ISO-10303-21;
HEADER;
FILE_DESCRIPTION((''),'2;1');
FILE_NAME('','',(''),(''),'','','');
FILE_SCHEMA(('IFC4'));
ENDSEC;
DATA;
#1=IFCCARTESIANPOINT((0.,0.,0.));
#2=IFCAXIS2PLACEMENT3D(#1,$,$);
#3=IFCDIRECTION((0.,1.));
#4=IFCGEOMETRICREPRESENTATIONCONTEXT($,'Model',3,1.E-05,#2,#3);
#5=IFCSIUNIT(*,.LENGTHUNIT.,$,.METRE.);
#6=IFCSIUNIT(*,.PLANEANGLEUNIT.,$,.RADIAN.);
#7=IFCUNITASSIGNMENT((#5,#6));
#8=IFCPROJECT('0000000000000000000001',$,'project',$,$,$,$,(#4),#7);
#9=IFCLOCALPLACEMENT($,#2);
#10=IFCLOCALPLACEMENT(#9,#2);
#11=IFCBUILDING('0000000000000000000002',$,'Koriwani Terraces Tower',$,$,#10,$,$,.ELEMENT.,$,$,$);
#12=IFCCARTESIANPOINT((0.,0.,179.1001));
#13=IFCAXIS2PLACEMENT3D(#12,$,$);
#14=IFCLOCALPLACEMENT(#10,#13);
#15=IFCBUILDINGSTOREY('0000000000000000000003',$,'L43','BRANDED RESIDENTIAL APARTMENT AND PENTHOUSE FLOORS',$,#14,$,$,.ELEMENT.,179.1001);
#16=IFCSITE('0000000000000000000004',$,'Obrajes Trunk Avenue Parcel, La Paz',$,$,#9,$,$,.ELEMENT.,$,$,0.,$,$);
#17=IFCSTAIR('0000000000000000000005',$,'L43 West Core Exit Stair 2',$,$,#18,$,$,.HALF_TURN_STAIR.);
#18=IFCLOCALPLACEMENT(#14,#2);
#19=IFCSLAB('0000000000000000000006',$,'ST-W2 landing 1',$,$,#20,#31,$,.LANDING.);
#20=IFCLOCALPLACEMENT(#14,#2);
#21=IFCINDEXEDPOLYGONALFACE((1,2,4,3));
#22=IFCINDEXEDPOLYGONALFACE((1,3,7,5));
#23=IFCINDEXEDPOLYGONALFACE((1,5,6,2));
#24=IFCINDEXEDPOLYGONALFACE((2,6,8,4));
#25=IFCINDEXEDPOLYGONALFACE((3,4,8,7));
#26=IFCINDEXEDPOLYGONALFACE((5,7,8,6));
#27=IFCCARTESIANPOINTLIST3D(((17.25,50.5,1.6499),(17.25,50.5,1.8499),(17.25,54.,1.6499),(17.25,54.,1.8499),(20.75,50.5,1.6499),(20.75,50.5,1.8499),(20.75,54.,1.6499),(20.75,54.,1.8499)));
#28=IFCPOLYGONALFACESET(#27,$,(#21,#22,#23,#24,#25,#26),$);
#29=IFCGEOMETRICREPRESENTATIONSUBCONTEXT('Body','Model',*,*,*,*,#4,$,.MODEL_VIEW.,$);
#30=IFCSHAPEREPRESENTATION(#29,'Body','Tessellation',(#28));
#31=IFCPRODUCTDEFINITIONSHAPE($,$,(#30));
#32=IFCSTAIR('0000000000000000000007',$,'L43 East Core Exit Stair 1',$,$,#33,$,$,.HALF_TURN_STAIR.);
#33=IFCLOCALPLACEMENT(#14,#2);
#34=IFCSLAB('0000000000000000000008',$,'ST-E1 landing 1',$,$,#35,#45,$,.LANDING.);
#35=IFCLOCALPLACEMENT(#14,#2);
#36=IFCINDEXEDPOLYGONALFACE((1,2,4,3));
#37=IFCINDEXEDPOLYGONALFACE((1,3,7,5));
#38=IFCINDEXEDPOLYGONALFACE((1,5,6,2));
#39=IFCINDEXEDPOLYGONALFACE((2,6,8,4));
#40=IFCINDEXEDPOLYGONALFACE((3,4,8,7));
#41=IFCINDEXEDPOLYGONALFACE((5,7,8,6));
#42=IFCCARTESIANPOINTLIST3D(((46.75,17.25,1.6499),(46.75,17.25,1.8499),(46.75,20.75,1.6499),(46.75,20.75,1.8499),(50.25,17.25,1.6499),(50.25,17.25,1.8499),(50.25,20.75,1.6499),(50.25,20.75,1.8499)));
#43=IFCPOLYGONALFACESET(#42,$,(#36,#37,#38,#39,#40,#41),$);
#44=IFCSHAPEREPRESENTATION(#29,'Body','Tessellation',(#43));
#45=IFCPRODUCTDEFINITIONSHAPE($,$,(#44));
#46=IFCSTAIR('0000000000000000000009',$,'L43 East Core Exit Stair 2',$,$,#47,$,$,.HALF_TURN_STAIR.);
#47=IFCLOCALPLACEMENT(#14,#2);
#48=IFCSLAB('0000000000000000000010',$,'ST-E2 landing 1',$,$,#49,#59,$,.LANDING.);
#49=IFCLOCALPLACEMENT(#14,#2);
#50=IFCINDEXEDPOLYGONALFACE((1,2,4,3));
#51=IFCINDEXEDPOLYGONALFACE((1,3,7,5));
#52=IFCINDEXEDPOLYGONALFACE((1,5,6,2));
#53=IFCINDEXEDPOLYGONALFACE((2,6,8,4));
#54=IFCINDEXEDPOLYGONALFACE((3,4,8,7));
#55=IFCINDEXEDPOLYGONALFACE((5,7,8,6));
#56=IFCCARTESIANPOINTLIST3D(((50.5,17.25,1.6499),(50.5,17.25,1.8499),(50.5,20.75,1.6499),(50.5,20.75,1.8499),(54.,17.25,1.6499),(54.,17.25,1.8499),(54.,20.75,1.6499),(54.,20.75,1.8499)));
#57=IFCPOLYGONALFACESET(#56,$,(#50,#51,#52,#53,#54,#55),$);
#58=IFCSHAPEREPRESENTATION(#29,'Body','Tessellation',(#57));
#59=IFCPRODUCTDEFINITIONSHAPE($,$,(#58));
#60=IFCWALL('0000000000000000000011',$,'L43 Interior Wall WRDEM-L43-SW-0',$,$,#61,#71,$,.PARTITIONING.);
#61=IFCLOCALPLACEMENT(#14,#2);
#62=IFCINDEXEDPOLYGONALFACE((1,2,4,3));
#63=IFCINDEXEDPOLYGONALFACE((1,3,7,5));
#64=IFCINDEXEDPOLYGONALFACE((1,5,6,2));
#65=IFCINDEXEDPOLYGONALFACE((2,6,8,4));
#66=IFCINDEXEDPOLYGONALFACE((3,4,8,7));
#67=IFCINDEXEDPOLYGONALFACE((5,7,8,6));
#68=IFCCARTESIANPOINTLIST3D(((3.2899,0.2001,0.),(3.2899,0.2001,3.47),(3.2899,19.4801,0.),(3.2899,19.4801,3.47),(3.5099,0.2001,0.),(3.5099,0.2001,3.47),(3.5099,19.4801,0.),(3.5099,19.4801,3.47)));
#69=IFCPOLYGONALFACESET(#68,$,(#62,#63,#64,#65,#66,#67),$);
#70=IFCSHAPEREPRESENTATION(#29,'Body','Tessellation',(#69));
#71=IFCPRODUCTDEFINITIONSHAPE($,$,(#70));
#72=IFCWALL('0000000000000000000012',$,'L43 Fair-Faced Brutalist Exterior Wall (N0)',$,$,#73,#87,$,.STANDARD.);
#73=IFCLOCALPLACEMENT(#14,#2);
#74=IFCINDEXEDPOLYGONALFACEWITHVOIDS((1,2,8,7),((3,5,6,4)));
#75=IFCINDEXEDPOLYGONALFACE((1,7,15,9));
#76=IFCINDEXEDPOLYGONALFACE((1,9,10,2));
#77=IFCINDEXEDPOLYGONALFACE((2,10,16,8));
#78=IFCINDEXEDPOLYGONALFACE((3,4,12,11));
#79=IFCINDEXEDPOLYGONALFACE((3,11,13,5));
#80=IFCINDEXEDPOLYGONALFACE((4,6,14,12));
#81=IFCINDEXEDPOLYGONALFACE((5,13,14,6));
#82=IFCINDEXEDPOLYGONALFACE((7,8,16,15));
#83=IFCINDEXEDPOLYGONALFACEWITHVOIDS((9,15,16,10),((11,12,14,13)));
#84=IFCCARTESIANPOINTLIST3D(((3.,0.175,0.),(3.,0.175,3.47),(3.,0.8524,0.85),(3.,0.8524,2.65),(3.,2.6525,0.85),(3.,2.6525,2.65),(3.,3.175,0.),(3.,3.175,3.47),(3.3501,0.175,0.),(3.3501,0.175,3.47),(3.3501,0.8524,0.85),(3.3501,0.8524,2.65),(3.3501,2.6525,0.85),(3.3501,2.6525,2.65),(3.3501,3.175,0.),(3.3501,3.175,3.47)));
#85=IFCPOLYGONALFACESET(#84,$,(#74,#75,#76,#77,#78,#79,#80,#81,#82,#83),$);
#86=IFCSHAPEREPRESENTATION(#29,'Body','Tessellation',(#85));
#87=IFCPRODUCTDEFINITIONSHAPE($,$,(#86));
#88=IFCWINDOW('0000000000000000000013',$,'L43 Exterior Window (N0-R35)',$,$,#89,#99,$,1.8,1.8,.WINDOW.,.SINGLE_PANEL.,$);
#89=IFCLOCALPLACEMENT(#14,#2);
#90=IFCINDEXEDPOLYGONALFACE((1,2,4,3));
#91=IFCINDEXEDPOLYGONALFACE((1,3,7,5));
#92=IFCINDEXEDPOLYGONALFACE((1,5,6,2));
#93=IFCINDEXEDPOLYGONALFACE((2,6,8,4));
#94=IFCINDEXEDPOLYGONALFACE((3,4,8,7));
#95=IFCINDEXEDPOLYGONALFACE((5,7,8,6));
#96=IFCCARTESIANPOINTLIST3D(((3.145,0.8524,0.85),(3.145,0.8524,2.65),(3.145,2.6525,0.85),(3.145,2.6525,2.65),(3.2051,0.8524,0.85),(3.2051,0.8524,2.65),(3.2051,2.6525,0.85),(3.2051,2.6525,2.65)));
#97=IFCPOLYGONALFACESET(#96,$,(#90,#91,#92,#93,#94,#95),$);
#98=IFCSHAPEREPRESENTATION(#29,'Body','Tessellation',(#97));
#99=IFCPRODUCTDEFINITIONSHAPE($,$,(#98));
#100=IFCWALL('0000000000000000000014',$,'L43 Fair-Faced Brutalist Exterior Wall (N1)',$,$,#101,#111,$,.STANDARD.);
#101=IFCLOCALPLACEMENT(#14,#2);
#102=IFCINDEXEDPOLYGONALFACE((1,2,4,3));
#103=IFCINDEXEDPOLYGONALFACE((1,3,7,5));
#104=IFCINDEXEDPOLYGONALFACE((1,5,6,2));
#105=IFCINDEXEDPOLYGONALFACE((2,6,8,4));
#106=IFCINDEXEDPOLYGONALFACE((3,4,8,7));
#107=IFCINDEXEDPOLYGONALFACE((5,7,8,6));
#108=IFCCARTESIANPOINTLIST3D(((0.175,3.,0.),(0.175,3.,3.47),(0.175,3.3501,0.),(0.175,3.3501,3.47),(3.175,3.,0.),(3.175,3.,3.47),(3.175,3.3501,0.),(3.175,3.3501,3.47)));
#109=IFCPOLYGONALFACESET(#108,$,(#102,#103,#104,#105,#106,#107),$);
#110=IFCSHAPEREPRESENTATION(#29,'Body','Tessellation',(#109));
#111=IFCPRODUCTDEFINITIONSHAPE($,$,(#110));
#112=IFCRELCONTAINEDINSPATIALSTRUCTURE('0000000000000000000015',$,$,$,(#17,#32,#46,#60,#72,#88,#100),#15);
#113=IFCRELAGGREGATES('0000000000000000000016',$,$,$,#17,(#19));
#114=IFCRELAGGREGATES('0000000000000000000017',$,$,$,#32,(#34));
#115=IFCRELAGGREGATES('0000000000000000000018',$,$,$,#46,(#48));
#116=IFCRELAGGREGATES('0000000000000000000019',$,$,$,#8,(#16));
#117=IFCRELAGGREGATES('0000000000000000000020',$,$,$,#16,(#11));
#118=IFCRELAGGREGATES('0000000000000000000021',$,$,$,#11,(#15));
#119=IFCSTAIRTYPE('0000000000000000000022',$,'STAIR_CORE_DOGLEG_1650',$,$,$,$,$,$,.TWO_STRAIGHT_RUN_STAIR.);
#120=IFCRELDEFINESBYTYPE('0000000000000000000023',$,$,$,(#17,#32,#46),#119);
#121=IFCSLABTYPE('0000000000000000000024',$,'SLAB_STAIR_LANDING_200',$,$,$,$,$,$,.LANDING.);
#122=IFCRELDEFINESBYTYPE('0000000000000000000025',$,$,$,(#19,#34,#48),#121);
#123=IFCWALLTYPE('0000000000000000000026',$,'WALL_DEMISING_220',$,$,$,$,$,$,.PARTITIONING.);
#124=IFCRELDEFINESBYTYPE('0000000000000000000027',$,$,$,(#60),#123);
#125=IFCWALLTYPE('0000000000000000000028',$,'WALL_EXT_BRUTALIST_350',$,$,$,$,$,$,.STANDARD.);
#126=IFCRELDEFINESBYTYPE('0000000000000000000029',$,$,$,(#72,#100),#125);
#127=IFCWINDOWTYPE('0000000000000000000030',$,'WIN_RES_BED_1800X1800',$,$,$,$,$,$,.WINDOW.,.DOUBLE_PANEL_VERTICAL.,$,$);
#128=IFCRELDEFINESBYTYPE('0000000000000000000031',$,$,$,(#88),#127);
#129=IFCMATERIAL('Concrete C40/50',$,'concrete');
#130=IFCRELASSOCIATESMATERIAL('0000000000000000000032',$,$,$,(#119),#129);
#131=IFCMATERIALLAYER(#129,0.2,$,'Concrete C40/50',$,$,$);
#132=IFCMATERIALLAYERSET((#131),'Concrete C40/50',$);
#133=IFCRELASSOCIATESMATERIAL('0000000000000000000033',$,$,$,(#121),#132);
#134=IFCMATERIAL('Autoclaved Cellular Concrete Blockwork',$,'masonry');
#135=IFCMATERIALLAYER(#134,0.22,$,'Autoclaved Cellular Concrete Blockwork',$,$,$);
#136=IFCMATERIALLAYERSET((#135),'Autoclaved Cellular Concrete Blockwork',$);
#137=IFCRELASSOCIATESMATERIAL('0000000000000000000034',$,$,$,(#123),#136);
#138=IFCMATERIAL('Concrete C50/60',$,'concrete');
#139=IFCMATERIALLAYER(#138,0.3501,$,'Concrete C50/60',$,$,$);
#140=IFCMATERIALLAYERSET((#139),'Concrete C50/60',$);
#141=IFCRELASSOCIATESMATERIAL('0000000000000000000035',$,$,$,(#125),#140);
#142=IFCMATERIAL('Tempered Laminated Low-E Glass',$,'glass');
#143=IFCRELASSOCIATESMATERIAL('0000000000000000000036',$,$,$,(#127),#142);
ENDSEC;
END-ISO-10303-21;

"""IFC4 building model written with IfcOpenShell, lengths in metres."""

from ifc_helpers import new_model, si_unit, direction, frame, frame_2d, origin, place, context, subcontext, project, spatial, polyline, rectangle, outline, extrude, material, layer, layer_set, type_object, element, fill, aggregate, save


model = new_model("IFC4")

# Units and contexts
model_context = context("Model", 3, precision=1e-05, world=origin(), true_north=direction((0.0, 1.0)))
body_context = subcontext(model_context, "Body", "Model", "MODEL_VIEW")
ifc_project = project(units=[si_unit("LENGTHUNIT", "METRE"), si_unit("PLANEANGLEUNIT", "RADIAN")], contexts=[model_context])

# Site, building, storey
site_placement = place(None, origin())
site = spatial("IfcSite", under=ifc_project, at=site_placement, Name="Obrajes Trunk Avenue Parcel, La Paz", CompositionType="ELEMENT", RefElevation=0.0)
building_placement = place(site_placement, origin())
building = spatial("IfcBuilding", under=site, at=building_placement, Name="Koriwani Terraces Tower", CompositionType="ELEMENT")
storey_placement = place(building_placement, frame((0.0, 0.0, 179.1001)))
storey = spatial("IfcBuildingStorey", under=building, at=storey_placement, Name="L43", Description="BRANDED RESIDENTIAL APARTMENT AND PENTHOUSE FLOORS", CompositionType="ELEMENT", Elevation=179.1001)

# Shared definitions
ifc_material_1 = material(Name="Concrete C50/60", Category="concrete")

# Shared definitions
ifc_material_2 = material(Name="Concrete C40/50", Category="concrete")

# Stairs, slabs
stair_type = type_object("IfcStairType", Name="STAIR_CORE_DOGLEG_1650", PredefinedType="TWO_STRAIGHT_RUN_STAIR", material=ifc_material_2)
ifc_layer_1 = layer(ifc_material_2, 0.2, Name="Concrete C40/50")
ifc_layer_set_1 = layer_set([ifc_layer_1], Name="Concrete C40/50")
slab_type_1 = type_object("IfcSlabType", Name="SLAB_STAIR_LANDING_200", PredefinedType="LANDING", material=ifc_layer_set_1)
stair_1_placement = place(storey_placement, origin())
stair_1 = element("IfcStair", 1, at=stair_1_placement, inside=storey, type_object=stair_type, Name="L43 West Core Exit Stair 2", PredefinedType="HALF_TURN_STAIR")
slab_1_placement = place(storey_placement, frame((0.0, 0.0, 1.6499)))
slab_1 = element("IfcSlab", 2, at=slab_1_placement, type_object=slab_type_1, Name="ST-W2 landing 1", PredefinedType="LANDING", context=body_context, shape_type="SweptSolid", body=[
    extrude(outline(polyline([(17.25, 54.0), (17.25, 50.5), (20.75, 50.5), (20.75, 54.0), (17.25, 54.0)])), origin(), (0.0, 0.0, 1.0), 0.2),
])
aggregate(stair_1, [slab_1])
stair_2_placement = place(storey_placement, origin())
stair_2 = element("IfcStair", 3, at=stair_2_placement, inside=storey, type_object=stair_type, Name="L43 East Core Exit Stair 1", PredefinedType="HALF_TURN_STAIR")
slab_2_placement = place(storey_placement, frame((0.0, 0.0, 1.6499)))
slab_2 = element("IfcSlab", 4, at=slab_2_placement, type_object=slab_type_1, Name="ST-E1 landing 1", PredefinedType="LANDING", context=body_context, shape_type="SweptSolid", body=[
    extrude(outline(polyline([(46.75, 17.25), (50.25, 17.25), (50.25, 20.75), (46.75, 20.75), (46.75, 17.25)])), origin(), (0.0, 0.0, 1.0), 0.2),
])
aggregate(stair_2, [slab_2])
stair_3_placement = place(storey_placement, origin())
stair_3 = element("IfcStair", 5, at=stair_3_placement, inside=storey, type_object=stair_type, Name="L43 East Core Exit Stair 2", PredefinedType="HALF_TURN_STAIR")
slab_3_placement = place(storey_placement, frame((0.0, 0.0, 1.6499)))
slab_3 = element("IfcSlab", 6, at=slab_3_placement, type_object=slab_type_1, Name="ST-E2 landing 1", PredefinedType="LANDING", context=body_context, shape_type="SweptSolid", body=[
    extrude(outline(polyline([(54.0, 20.75), (50.5, 20.75), (50.5, 17.25), (54.0, 17.25), (54.0, 20.75)])), origin(), (0.0, 0.0, 1.0), 0.2),
])
aggregate(stair_3, [slab_3])

# Wall
ifc_material_3 = material(Name="Autoclaved Cellular Concrete Blockwork", Category="masonry")
ifc_layer_2 = layer(ifc_material_3, 0.22, Name="Autoclaved Cellular Concrete Blockwork")
ifc_layer_set_2 = layer_set([ifc_layer_2], Name="Autoclaved Cellular Concrete Blockwork")
wall_type_1 = type_object("IfcWallType", Name="WALL_DEMISING_220", PredefinedType="PARTITIONING", material=ifc_layer_set_2)
wall_1_placement = place(storey_placement, frame((3.3999, 0.2, 0.0), z_axis=(0.0, 0.0, 1.0), x_axis=(0.0, 1.0, 0.0)))
element("IfcWall", 7, at=wall_1_placement, inside=storey, type_object=wall_type_1, Name="L43 Interior Wall WRDEM-L43-SW-0", PredefinedType="PARTITIONING", context=body_context, shape_type="SweptSolid", body=[
    extrude(rectangle(XDim=19.28, YDim=0.22, at=frame_2d((9.6401, 0.0))), origin(), (0.0, 0.0, 1.0), 3.47),
])

# Wall, opening, window
ifc_layer_3 = layer(ifc_material_1, 0.3501, Name="Concrete C50/60")
ifc_layer_set_3 = layer_set([ifc_layer_3], Name="Concrete C50/60")
wall_type_2 = type_object("IfcWallType", Name="WALL_EXT_BRUTALIST_350", PredefinedType="STANDARD", material=ifc_layer_set_3)
wall_2_placement = place(storey_placement, frame((3.175, 0.175, 0.0), z_axis=(0.0, 0.0, 1.0), x_axis=(0.0, 1.0, 0.0)))
wall_2 = element("IfcWall", 8, at=wall_2_placement, inside=storey, type_object=wall_type_2, Name="L43 Fair-Faced Brutalist Exterior Wall (N0)", PredefinedType="STANDARD", context=body_context, shape_type="SweptSolid", body=[
    extrude(rectangle(XDim=3.0, YDim=0.3501, at=frame_2d((1.5, 0.0))), origin(), (0.0, 0.0, 1.0), 3.47),
])
opening_1_placement = place(wall_2_placement, frame((0.6775, 0.0, 0.8501)))
opening_1 = element("IfcOpeningElement", 9, at=opening_1_placement, cuts=wall_2, PredefinedType="OPENING", context=body_context, shape_type="SweptSolid", body=[
    extrude(rectangle(XDim=1.8, YDim=1.8, at=frame_2d((0.8999, 0.8999))), frame((0.0, 0.1851, 0.0), z_axis=(0.0, -1.0, 0.0), x_axis=(1.0, 0.0, 0.0)), (0.0, 0.0, 1.0), 0.3701),
])
ifc_material_4 = material(Name="Tempered Laminated Low-E Glass", Category="glass")
window_type = type_object("IfcWindowType", Name="WIN_RES_BED_1800X1800", PartitioningType="DOUBLE_PANEL_VERTICAL", PredefinedType="WINDOW", material=ifc_material_4)
window_1_placement = place(opening_1_placement, origin())
window_1 = element("IfcWindow", 10, at=window_1_placement, inside=storey, type_object=window_type, Name="L43 Exterior Window (N0-R35)", OverallHeight=1.8, OverallWidth=1.8, PartitioningType="SINGLE_PANEL", PredefinedType="WINDOW", context=body_context, shape_type="SweptSolid", body=[
    extrude(rectangle(XDim=1.8, YDim=1.8, at=frame_2d((0.8999, 0.8999))), frame((0.0, 0.03, 0.0), z_axis=(0.0, -1.0, 0.0), x_axis=(1.0, 0.0, 0.0)), (0.0, 0.0, 1.0), 0.0601),
])
fill(opening_1, window_1)

# Wall
wall_3_placement = place(storey_placement, frame((3.175, 3.175, 0.0), z_axis=(0.0, 0.0, 1.0), x_axis=(-1.0, 0.0, 0.0)))
element("IfcWall", 11, at=wall_3_placement, inside=storey, type_object=wall_type_2, Name="L43 Fair-Faced Brutalist Exterior Wall (N1)", PredefinedType="STANDARD", context=body_context, shape_type="SweptSolid", body=[
    extrude(rectangle(XDim=3.0, YDim=0.3501, at=frame_2d((1.5, 0.0))), origin(), (0.0, 0.0, 1.0), 3.47),
])

save(model, "model.ifc")
